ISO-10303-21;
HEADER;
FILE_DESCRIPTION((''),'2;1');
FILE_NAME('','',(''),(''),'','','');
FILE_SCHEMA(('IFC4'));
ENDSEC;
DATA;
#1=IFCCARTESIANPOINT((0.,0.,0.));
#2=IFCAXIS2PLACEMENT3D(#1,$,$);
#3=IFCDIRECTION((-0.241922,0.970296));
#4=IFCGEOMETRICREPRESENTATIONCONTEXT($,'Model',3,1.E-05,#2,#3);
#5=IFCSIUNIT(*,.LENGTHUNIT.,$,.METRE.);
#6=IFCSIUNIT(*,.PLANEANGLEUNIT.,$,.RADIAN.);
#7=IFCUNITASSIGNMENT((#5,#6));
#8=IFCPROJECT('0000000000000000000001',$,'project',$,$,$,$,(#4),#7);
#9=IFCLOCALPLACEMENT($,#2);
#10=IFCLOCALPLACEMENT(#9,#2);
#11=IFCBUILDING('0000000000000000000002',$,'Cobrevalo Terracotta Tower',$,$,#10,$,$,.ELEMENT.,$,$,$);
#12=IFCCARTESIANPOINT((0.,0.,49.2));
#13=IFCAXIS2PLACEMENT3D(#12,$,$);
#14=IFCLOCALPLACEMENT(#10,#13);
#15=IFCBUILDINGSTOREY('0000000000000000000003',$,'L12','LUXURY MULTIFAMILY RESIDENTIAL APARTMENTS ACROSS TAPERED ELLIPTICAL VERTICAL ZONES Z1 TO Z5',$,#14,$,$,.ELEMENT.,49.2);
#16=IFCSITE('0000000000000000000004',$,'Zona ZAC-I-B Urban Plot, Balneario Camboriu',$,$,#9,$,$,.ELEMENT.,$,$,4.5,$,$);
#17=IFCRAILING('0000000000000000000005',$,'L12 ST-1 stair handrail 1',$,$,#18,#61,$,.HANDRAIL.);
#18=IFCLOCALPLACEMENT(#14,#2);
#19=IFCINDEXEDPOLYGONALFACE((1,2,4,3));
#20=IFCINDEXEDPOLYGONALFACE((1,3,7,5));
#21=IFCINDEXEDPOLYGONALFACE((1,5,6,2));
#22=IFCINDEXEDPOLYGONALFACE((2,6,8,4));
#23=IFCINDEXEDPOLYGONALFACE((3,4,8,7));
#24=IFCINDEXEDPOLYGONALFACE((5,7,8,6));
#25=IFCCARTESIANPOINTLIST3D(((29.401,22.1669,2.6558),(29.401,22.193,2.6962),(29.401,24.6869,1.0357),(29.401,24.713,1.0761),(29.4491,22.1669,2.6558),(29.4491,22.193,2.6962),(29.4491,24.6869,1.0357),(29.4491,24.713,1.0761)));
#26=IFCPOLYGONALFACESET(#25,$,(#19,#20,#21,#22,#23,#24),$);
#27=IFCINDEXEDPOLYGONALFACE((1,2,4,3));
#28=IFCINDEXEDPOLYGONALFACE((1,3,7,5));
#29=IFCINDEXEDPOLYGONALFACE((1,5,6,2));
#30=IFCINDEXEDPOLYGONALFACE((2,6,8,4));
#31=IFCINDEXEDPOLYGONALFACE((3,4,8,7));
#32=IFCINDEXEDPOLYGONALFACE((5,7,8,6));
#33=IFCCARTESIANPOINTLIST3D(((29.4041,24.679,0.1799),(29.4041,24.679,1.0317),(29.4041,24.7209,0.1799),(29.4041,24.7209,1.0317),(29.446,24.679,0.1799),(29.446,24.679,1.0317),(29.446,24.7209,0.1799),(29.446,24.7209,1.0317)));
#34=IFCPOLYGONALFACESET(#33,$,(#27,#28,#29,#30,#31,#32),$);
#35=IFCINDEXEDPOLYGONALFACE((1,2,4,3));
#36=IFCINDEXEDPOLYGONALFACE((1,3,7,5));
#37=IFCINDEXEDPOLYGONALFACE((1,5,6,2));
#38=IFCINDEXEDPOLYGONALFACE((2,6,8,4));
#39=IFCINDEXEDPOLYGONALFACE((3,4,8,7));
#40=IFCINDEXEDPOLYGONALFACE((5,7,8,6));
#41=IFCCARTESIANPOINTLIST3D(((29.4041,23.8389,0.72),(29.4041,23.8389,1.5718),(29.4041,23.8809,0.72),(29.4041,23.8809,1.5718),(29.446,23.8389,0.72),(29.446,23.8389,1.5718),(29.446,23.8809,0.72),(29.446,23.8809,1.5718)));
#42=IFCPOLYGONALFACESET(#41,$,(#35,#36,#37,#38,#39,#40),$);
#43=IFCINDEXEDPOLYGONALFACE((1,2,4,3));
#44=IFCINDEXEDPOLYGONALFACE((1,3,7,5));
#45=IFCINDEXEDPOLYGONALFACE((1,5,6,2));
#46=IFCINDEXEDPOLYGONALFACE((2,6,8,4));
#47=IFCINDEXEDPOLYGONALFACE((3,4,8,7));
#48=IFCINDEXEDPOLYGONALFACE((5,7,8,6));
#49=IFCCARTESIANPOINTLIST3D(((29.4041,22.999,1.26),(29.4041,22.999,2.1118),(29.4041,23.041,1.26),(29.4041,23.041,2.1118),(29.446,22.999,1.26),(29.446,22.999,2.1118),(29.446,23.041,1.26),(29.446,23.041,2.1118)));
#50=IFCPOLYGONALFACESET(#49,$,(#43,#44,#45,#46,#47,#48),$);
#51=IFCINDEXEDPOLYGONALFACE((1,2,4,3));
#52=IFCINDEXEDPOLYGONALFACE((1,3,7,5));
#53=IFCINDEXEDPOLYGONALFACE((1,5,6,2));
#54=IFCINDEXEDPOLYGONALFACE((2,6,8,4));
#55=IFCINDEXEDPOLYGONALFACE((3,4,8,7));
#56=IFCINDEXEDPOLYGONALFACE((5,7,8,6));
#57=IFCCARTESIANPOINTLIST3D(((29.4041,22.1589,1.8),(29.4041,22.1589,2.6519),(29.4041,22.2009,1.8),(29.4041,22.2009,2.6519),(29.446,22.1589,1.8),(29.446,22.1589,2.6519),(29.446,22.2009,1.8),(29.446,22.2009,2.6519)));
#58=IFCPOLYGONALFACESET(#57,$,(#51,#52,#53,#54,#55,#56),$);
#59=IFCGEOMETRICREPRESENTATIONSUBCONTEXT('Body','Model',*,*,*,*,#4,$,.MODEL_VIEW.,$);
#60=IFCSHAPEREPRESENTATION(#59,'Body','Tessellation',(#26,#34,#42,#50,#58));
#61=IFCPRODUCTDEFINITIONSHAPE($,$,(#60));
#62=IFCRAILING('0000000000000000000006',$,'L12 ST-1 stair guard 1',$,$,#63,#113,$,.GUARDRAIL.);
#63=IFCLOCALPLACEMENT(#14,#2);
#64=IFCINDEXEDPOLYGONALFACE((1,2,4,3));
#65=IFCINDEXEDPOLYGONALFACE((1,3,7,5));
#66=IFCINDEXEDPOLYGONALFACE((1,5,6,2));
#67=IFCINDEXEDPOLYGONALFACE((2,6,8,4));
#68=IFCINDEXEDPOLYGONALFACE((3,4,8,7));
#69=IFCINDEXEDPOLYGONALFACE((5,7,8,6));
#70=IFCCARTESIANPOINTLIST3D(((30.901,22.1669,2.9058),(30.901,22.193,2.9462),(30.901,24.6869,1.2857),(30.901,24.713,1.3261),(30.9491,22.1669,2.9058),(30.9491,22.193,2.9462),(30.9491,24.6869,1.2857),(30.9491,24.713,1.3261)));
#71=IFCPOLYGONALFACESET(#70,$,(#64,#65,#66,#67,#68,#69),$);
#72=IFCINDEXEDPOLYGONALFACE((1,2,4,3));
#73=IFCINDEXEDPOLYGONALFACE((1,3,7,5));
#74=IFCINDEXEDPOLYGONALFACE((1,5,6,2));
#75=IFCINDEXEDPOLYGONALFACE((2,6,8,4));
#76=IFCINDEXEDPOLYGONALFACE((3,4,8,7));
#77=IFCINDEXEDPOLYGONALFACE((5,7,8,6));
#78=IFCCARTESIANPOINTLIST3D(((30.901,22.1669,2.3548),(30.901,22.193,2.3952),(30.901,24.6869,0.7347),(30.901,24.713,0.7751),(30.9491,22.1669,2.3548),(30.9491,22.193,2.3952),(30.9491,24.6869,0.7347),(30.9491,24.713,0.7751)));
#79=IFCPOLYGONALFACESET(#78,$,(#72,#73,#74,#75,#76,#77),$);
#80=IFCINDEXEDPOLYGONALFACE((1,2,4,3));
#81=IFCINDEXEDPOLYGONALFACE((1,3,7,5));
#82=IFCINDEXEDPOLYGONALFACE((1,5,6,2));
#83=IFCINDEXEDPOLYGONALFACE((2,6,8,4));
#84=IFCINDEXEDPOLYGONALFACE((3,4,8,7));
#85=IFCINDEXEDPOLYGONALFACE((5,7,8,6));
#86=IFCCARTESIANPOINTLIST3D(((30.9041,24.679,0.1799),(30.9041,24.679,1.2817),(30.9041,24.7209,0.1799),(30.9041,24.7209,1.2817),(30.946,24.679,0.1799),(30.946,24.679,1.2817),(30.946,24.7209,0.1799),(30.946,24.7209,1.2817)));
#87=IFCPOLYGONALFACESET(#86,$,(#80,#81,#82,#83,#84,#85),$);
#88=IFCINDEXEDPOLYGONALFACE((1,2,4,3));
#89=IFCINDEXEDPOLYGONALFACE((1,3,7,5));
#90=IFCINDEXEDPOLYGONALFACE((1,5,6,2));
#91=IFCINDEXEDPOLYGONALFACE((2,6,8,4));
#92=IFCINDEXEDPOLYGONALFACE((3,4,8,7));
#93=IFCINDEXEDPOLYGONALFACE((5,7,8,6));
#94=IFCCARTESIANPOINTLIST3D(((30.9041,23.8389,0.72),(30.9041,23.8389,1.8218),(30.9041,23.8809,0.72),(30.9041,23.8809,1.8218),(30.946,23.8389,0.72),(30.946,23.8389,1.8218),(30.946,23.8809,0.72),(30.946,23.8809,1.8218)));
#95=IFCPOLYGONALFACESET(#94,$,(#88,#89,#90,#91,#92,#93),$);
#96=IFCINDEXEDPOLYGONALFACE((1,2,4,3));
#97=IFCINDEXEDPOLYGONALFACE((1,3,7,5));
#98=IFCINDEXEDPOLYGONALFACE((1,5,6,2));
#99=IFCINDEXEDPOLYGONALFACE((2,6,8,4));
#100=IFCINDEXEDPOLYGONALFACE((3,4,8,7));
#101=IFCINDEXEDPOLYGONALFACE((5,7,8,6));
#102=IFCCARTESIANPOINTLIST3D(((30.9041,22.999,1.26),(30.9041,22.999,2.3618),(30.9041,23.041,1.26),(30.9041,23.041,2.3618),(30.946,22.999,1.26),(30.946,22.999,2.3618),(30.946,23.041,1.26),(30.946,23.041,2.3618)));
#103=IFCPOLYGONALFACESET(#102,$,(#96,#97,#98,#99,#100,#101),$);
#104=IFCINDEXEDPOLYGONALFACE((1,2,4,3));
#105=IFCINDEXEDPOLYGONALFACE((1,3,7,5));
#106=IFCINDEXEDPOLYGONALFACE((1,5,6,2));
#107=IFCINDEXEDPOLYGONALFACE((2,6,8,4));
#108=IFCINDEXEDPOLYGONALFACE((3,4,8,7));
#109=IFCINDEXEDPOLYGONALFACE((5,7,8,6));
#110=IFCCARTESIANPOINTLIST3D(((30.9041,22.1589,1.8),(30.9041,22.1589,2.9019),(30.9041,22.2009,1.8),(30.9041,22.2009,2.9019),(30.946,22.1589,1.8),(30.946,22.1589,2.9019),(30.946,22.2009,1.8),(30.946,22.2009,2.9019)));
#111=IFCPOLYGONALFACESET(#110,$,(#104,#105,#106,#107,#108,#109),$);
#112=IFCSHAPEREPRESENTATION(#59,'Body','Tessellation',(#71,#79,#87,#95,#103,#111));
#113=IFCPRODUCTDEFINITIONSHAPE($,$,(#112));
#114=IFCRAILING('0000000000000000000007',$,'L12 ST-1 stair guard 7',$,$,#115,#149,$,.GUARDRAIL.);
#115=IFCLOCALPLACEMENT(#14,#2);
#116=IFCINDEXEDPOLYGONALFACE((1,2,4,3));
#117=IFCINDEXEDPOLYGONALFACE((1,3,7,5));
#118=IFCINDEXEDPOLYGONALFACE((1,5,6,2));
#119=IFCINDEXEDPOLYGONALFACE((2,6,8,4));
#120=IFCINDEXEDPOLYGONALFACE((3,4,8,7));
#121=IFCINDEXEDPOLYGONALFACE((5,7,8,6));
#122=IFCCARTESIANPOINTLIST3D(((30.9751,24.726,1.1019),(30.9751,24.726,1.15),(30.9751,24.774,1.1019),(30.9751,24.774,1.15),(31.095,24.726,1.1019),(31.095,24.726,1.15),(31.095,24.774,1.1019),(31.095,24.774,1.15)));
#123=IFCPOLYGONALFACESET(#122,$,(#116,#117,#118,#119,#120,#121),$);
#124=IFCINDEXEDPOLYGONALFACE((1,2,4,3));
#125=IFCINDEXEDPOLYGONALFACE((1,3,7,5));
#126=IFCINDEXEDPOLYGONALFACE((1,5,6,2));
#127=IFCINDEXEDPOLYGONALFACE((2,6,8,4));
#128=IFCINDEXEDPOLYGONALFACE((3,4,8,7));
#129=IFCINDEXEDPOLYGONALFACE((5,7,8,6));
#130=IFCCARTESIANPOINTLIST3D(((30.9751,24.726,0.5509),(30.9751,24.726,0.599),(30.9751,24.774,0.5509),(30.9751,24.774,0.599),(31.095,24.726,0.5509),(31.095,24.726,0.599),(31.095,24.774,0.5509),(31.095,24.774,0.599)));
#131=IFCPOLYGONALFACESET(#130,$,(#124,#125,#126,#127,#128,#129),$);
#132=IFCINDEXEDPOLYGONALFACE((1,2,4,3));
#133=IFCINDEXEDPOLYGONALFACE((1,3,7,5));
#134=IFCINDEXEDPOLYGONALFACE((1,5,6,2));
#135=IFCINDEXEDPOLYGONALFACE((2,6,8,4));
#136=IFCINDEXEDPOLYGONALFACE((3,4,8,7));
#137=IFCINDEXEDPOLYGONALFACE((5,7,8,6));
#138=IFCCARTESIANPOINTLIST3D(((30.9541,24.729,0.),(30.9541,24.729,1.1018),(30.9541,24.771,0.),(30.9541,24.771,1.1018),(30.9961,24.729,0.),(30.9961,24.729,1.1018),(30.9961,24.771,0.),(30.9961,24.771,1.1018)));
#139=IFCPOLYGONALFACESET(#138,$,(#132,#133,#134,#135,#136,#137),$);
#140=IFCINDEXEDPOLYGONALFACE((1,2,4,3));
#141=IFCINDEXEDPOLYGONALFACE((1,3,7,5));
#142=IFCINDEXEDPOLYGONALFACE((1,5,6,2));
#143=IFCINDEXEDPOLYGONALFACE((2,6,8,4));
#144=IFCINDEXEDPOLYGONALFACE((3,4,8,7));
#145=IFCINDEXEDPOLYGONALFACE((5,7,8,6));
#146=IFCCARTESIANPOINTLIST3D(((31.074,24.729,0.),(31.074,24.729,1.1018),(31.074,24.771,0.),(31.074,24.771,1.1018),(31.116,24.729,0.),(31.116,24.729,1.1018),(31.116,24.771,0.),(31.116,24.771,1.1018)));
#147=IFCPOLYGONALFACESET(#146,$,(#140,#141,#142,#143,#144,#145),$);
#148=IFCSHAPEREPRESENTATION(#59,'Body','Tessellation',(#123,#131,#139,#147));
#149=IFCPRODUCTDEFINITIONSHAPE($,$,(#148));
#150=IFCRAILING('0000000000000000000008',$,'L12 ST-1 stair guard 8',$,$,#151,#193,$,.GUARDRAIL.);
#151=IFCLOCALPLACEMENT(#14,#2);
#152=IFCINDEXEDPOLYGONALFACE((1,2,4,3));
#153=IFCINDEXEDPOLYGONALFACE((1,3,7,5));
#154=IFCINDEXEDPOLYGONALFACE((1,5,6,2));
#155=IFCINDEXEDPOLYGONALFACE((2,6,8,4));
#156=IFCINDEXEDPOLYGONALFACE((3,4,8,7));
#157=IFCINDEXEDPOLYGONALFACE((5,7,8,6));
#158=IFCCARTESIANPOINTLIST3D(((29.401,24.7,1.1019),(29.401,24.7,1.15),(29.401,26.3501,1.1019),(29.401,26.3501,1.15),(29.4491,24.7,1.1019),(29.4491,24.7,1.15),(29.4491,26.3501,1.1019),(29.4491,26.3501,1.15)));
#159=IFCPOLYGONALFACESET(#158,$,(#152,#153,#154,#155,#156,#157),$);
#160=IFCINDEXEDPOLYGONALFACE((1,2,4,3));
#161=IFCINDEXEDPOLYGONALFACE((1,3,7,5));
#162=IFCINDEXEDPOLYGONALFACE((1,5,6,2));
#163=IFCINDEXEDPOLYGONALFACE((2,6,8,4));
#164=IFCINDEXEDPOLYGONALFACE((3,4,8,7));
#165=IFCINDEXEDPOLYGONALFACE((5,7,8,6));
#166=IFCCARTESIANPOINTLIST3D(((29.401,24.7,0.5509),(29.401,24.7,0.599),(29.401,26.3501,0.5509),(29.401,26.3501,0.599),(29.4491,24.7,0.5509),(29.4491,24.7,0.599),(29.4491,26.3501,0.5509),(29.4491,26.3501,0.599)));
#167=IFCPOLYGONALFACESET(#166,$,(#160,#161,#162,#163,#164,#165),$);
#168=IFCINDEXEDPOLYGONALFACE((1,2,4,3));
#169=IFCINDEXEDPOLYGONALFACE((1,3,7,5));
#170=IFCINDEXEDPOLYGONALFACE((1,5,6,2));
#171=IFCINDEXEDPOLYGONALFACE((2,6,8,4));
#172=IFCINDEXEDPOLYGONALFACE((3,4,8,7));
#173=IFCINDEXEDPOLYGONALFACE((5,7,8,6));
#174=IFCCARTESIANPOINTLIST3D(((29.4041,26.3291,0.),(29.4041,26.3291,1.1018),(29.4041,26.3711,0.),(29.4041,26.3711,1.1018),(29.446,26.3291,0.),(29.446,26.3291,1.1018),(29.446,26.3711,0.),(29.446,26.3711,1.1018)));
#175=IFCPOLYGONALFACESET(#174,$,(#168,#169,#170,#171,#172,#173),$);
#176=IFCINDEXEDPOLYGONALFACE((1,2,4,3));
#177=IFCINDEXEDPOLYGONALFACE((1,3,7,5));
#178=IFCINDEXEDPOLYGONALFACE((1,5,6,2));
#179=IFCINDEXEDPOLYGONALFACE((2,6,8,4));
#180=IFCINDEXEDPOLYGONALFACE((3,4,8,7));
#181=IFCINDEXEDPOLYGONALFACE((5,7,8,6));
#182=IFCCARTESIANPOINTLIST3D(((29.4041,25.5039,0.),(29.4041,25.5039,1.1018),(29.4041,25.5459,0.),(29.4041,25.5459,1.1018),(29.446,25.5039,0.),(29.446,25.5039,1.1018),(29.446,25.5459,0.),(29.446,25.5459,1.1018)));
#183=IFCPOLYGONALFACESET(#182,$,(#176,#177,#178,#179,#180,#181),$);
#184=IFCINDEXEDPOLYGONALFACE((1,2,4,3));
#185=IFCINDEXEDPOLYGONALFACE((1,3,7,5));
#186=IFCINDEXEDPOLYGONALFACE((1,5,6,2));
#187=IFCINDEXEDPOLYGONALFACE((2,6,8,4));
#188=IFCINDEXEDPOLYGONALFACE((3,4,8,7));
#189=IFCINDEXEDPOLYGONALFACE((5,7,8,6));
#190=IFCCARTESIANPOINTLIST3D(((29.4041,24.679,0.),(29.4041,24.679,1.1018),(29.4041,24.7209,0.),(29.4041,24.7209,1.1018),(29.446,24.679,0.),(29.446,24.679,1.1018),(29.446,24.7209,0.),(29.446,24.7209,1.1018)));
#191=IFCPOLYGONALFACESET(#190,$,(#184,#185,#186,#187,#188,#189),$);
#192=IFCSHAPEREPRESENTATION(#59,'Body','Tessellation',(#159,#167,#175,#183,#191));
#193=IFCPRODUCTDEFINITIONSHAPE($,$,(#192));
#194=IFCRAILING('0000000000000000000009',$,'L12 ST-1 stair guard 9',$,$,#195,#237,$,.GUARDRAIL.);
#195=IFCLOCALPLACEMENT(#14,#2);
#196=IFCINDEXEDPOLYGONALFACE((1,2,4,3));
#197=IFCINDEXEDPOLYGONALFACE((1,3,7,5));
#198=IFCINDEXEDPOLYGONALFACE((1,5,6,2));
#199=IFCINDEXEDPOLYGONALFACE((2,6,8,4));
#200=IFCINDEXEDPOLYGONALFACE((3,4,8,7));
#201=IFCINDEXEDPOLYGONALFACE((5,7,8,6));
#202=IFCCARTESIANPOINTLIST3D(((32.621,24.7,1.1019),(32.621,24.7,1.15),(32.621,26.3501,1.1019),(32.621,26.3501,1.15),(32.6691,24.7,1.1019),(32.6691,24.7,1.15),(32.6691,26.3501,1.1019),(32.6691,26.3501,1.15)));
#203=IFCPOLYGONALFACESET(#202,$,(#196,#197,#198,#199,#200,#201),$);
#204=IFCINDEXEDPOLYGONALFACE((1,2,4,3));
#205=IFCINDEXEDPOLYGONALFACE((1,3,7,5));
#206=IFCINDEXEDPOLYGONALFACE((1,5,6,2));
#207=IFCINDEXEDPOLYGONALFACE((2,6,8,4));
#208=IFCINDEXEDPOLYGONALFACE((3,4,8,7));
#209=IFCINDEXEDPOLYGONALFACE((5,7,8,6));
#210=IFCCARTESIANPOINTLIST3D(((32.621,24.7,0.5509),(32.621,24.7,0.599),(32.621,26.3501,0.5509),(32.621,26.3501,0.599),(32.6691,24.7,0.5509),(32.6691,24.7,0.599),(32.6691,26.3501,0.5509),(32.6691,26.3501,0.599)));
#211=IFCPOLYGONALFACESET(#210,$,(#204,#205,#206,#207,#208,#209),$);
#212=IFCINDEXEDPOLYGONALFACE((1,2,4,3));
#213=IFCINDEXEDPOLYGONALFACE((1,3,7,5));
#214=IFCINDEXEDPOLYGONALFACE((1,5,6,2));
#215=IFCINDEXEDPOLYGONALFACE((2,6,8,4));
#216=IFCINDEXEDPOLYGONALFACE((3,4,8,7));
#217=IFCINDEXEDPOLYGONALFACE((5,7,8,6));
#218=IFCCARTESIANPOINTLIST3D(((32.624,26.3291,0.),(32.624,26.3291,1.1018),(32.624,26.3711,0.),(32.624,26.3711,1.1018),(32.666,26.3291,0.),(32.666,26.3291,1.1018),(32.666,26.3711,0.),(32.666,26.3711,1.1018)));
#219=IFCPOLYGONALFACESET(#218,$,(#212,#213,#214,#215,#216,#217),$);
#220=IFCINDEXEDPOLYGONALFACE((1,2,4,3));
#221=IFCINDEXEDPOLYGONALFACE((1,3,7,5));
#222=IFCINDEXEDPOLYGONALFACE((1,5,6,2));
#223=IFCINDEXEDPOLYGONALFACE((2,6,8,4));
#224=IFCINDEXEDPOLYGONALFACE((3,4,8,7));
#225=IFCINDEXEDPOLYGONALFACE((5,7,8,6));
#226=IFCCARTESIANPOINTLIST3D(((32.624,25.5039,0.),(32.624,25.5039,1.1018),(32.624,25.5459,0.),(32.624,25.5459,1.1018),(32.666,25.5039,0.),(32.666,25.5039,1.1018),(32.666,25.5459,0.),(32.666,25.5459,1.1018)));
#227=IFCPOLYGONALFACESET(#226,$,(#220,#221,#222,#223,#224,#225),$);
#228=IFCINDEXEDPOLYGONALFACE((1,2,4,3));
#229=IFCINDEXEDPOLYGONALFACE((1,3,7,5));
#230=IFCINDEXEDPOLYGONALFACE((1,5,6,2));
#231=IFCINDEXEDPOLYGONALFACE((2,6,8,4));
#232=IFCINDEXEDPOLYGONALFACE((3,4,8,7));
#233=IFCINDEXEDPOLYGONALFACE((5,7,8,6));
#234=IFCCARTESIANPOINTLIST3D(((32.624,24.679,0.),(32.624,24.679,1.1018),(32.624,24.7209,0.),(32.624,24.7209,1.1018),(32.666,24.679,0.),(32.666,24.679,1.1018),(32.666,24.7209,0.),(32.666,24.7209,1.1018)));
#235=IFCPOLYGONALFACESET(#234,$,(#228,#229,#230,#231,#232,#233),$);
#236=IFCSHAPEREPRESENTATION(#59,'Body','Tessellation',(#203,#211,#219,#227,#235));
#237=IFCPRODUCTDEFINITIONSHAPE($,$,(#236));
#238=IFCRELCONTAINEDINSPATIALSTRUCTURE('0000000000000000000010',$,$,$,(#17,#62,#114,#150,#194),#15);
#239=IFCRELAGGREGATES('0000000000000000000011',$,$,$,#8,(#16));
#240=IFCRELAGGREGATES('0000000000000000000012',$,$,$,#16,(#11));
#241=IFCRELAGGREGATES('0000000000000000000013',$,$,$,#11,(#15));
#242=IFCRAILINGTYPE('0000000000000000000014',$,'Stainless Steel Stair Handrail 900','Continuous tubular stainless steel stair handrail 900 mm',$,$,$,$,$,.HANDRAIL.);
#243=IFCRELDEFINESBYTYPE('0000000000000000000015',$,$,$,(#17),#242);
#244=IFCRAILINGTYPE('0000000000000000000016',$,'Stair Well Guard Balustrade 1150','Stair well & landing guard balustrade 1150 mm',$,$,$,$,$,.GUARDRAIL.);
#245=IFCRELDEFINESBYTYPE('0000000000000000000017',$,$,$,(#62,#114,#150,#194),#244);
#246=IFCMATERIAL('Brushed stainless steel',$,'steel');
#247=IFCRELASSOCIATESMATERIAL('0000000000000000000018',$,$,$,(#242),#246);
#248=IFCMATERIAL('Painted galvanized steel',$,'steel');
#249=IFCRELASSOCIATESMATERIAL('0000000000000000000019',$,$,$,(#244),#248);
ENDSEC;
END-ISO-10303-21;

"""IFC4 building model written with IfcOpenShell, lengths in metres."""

from ifc_helpers import new_model, si_unit, direction, frame, origin, origin_2d, place, context, subcontext, project, spatial, rectangle, extrude, material, type_object, element, save


model = new_model("IFC4")

# Units and contexts
model_context = context("Model", 3, precision=1e-05, world=origin(), true_north=direction((-0.241922, 0.970296)))
body_context = subcontext(model_context, "Body", "Model", "MODEL_VIEW")
ifc_project = project(units=[si_unit("LENGTHUNIT", "METRE"), si_unit("PLANEANGLEUNIT", "RADIAN")], contexts=[model_context])

# Site, building, storey
site_placement = place(None, origin())
site = spatial("IfcSite", under=ifc_project, at=site_placement, Name="Zona ZAC-I-B Urban Plot, Balneario Camboriu", CompositionType="ELEMENT", RefElevation=4.5)
building_placement = place(site_placement, origin())
building = spatial("IfcBuilding", under=site, at=building_placement, Name="Cobrevalo Terracotta Tower", CompositionType="ELEMENT")
storey_placement = place(building_placement, frame((0.0, 0.0, 49.2)))
storey = spatial("IfcBuildingStorey", under=building, at=storey_placement, Name="L12", Description="LUXURY MULTIFAMILY RESIDENTIAL APARTMENTS ACROSS TAPERED ELLIPTICAL VERTICAL ZONES Z1 TO Z5", CompositionType="ELEMENT", Elevation=49.2)

# Shared definitions
ifc_material_1 = material(Name="Brushed stainless steel", Category="steel")

# Railings
railing_type_1 = type_object("IfcRailingType", Name="Stainless Steel Stair Handrail 900", Description="Continuous tubular stainless steel stair handrail 900 mm", PredefinedType="HANDRAIL", material=ifc_material_1)
railing_1_placement = place(storey_placement, frame((29.425, 24.7, 0.1799)))
element("IfcRailing", 1, at=railing_1_placement, inside=storey, type_object=railing_type_1, Name="L12 ST-1 stair handrail 1", PredefinedType="HANDRAIL", context=body_context, shape_type="SweptSolid", body=[
    extrude(rectangle(XDim=0.0481, YDim=0.0481, at=origin_2d()), frame((0.0, 0.0, 0.876), z_axis=(0.0, -0.841163, 0.540782), x_axis=(1.0, 0.0, 0.0)), (0.0, 0.0, 1.0), 2.9958),
    extrude(rectangle(XDim=0.042, YDim=0.042, at=origin_2d()), origin(), (0.0, 0.0, 1.0), 0.8518),
    extrude(rectangle(XDim=0.042, YDim=0.042, at=origin_2d()), frame((0.0, -0.8401, 0.54)), (0.0, 0.0, 1.0), 0.8518),
    extrude(rectangle(XDim=0.042, YDim=0.042, at=origin_2d()), frame((0.0, -1.6799, 1.0801)), (0.0, 0.0, 1.0), 0.8518),
    extrude(rectangle(XDim=0.042, YDim=0.042, at=origin_2d()), frame((0.0, -2.52, 1.6201)), (0.0, 0.0, 1.0), 0.8518),
])
ifc_material_2 = material(Name="Painted galvanized steel", Category="steel")
railing_type_2 = type_object("IfcRailingType", Name="Stair Well Guard Balustrade 1150", Description="Stair well & landing guard balustrade 1150 mm", PredefinedType="GUARDRAIL", material=ifc_material_2)
railing_2_placement = place(storey_placement, frame((30.925, 24.7, 0.1799)))
element("IfcRailing", 2, at=railing_2_placement, inside=storey, type_object=railing_type_2, Name="L12 ST-1 stair guard 1", PredefinedType="GUARDRAIL", context=body_context, shape_type="SweptSolid", body=[
    extrude(rectangle(XDim=0.0481, YDim=0.0481, at=origin_2d()), frame((0.0, 0.0, 1.126), z_axis=(0.0, -0.841163, 0.540782), x_axis=(1.0, 0.0, 0.0)), (0.0, 0.0, 1.0), 2.9958),
    extrude(rectangle(XDim=0.0481, YDim=0.0481, at=origin_2d()), frame((0.0, 0.0, 0.575), z_axis=(0.0, -0.841163, 0.540782), x_axis=(1.0, 0.0, 0.0)), (0.0, 0.0, 1.0), 2.9958),
    extrude(rectangle(XDim=0.042, YDim=0.042, at=origin_2d()), origin(), (0.0, 0.0, 1.0), 1.1018),
    extrude(rectangle(XDim=0.042, YDim=0.042, at=origin_2d()), frame((0.0, -0.8401, 0.54)), (0.0, 0.0, 1.0), 1.1018),
    extrude(rectangle(XDim=0.042, YDim=0.042, at=origin_2d()), frame((0.0, -1.6799, 1.0801)), (0.0, 0.0, 1.0), 1.1018),
    extrude(rectangle(XDim=0.042, YDim=0.042, at=origin_2d()), frame((0.0, -2.52, 1.6201)), (0.0, 0.0, 1.0), 1.1018),
])
railing_3_placement = place(storey_placement, frame((30.9751, 24.75, 0.0)))
element("IfcRailing", 3, at=railing_3_placement, inside=storey, type_object=railing_type_2, Name="L12 ST-1 stair guard 7", PredefinedType="GUARDRAIL", context=body_context, shape_type="SweptSolid", body=[
    extrude(rectangle(XDim=0.0481, YDim=0.0481, at=origin_2d()), frame((0.0, 0.0, 1.126), z_axis=(1.0, 0.0, 0.0), x_axis=(0.0, 1.0, 0.0)), (0.0, 0.0, 1.0), 0.1199),
    extrude(rectangle(XDim=0.0481, YDim=0.0481, at=origin_2d()), frame((0.0, 0.0, 0.575), z_axis=(1.0, 0.0, 0.0), x_axis=(0.0, 1.0, 0.0)), (0.0, 0.0, 1.0), 0.1199),
    extrude(rectangle(XDim=0.042, YDim=0.042, at=origin_2d()), origin(), (0.0, 0.0, 1.0), 1.1018),
    extrude(rectangle(XDim=0.042, YDim=0.042, at=origin_2d()), frame((0.1199, 0.0, 0.0)), (0.0, 0.0, 1.0), 1.1018),
])
for number, where, name in (
    (4, (29.425, 26.3501, 0.0), "L12 ST-1 stair guard 8"),
    (5, (32.645, 26.3501, 0.0), "L12 ST-1 stair guard 9"),
):
    element("IfcRailing", number, at=place(storey_placement, frame(where)), inside=storey, type_object=railing_type_2, Name=name, PredefinedType="GUARDRAIL", context=body_context, shape_type="SweptSolid", body=[
        extrude(rectangle(XDim=0.0481, YDim=0.0481, at=origin_2d()), frame((0.0, 0.0, 1.126), z_axis=(0.0, -1.0, 0.0), x_axis=(1.0, 0.0, 0.0)), (0.0, 0.0, 1.0), 1.6501),
        extrude(rectangle(XDim=0.0481, YDim=0.0481, at=origin_2d()), frame((0.0, 0.0, 0.575), z_axis=(0.0, -1.0, 0.0), x_axis=(1.0, 0.0, 0.0)), (0.0, 0.0, 1.0), 1.6501),
        extrude(rectangle(XDim=0.042, YDim=0.042, at=origin_2d()), origin(), (0.0, 0.0, 1.0), 1.1018),
        extrude(rectangle(XDim=0.042, YDim=0.042, at=origin_2d()), frame((0.0, -0.8252, 0.0)), (0.0, 0.0, 1.0), 1.1018),
        extrude(rectangle(XDim=0.042, YDim=0.042, at=origin_2d()), frame((0.0, -1.6501, 0.0)), (0.0, 0.0, 1.0), 1.1018),
    ])

save(model, "model.ifc")
